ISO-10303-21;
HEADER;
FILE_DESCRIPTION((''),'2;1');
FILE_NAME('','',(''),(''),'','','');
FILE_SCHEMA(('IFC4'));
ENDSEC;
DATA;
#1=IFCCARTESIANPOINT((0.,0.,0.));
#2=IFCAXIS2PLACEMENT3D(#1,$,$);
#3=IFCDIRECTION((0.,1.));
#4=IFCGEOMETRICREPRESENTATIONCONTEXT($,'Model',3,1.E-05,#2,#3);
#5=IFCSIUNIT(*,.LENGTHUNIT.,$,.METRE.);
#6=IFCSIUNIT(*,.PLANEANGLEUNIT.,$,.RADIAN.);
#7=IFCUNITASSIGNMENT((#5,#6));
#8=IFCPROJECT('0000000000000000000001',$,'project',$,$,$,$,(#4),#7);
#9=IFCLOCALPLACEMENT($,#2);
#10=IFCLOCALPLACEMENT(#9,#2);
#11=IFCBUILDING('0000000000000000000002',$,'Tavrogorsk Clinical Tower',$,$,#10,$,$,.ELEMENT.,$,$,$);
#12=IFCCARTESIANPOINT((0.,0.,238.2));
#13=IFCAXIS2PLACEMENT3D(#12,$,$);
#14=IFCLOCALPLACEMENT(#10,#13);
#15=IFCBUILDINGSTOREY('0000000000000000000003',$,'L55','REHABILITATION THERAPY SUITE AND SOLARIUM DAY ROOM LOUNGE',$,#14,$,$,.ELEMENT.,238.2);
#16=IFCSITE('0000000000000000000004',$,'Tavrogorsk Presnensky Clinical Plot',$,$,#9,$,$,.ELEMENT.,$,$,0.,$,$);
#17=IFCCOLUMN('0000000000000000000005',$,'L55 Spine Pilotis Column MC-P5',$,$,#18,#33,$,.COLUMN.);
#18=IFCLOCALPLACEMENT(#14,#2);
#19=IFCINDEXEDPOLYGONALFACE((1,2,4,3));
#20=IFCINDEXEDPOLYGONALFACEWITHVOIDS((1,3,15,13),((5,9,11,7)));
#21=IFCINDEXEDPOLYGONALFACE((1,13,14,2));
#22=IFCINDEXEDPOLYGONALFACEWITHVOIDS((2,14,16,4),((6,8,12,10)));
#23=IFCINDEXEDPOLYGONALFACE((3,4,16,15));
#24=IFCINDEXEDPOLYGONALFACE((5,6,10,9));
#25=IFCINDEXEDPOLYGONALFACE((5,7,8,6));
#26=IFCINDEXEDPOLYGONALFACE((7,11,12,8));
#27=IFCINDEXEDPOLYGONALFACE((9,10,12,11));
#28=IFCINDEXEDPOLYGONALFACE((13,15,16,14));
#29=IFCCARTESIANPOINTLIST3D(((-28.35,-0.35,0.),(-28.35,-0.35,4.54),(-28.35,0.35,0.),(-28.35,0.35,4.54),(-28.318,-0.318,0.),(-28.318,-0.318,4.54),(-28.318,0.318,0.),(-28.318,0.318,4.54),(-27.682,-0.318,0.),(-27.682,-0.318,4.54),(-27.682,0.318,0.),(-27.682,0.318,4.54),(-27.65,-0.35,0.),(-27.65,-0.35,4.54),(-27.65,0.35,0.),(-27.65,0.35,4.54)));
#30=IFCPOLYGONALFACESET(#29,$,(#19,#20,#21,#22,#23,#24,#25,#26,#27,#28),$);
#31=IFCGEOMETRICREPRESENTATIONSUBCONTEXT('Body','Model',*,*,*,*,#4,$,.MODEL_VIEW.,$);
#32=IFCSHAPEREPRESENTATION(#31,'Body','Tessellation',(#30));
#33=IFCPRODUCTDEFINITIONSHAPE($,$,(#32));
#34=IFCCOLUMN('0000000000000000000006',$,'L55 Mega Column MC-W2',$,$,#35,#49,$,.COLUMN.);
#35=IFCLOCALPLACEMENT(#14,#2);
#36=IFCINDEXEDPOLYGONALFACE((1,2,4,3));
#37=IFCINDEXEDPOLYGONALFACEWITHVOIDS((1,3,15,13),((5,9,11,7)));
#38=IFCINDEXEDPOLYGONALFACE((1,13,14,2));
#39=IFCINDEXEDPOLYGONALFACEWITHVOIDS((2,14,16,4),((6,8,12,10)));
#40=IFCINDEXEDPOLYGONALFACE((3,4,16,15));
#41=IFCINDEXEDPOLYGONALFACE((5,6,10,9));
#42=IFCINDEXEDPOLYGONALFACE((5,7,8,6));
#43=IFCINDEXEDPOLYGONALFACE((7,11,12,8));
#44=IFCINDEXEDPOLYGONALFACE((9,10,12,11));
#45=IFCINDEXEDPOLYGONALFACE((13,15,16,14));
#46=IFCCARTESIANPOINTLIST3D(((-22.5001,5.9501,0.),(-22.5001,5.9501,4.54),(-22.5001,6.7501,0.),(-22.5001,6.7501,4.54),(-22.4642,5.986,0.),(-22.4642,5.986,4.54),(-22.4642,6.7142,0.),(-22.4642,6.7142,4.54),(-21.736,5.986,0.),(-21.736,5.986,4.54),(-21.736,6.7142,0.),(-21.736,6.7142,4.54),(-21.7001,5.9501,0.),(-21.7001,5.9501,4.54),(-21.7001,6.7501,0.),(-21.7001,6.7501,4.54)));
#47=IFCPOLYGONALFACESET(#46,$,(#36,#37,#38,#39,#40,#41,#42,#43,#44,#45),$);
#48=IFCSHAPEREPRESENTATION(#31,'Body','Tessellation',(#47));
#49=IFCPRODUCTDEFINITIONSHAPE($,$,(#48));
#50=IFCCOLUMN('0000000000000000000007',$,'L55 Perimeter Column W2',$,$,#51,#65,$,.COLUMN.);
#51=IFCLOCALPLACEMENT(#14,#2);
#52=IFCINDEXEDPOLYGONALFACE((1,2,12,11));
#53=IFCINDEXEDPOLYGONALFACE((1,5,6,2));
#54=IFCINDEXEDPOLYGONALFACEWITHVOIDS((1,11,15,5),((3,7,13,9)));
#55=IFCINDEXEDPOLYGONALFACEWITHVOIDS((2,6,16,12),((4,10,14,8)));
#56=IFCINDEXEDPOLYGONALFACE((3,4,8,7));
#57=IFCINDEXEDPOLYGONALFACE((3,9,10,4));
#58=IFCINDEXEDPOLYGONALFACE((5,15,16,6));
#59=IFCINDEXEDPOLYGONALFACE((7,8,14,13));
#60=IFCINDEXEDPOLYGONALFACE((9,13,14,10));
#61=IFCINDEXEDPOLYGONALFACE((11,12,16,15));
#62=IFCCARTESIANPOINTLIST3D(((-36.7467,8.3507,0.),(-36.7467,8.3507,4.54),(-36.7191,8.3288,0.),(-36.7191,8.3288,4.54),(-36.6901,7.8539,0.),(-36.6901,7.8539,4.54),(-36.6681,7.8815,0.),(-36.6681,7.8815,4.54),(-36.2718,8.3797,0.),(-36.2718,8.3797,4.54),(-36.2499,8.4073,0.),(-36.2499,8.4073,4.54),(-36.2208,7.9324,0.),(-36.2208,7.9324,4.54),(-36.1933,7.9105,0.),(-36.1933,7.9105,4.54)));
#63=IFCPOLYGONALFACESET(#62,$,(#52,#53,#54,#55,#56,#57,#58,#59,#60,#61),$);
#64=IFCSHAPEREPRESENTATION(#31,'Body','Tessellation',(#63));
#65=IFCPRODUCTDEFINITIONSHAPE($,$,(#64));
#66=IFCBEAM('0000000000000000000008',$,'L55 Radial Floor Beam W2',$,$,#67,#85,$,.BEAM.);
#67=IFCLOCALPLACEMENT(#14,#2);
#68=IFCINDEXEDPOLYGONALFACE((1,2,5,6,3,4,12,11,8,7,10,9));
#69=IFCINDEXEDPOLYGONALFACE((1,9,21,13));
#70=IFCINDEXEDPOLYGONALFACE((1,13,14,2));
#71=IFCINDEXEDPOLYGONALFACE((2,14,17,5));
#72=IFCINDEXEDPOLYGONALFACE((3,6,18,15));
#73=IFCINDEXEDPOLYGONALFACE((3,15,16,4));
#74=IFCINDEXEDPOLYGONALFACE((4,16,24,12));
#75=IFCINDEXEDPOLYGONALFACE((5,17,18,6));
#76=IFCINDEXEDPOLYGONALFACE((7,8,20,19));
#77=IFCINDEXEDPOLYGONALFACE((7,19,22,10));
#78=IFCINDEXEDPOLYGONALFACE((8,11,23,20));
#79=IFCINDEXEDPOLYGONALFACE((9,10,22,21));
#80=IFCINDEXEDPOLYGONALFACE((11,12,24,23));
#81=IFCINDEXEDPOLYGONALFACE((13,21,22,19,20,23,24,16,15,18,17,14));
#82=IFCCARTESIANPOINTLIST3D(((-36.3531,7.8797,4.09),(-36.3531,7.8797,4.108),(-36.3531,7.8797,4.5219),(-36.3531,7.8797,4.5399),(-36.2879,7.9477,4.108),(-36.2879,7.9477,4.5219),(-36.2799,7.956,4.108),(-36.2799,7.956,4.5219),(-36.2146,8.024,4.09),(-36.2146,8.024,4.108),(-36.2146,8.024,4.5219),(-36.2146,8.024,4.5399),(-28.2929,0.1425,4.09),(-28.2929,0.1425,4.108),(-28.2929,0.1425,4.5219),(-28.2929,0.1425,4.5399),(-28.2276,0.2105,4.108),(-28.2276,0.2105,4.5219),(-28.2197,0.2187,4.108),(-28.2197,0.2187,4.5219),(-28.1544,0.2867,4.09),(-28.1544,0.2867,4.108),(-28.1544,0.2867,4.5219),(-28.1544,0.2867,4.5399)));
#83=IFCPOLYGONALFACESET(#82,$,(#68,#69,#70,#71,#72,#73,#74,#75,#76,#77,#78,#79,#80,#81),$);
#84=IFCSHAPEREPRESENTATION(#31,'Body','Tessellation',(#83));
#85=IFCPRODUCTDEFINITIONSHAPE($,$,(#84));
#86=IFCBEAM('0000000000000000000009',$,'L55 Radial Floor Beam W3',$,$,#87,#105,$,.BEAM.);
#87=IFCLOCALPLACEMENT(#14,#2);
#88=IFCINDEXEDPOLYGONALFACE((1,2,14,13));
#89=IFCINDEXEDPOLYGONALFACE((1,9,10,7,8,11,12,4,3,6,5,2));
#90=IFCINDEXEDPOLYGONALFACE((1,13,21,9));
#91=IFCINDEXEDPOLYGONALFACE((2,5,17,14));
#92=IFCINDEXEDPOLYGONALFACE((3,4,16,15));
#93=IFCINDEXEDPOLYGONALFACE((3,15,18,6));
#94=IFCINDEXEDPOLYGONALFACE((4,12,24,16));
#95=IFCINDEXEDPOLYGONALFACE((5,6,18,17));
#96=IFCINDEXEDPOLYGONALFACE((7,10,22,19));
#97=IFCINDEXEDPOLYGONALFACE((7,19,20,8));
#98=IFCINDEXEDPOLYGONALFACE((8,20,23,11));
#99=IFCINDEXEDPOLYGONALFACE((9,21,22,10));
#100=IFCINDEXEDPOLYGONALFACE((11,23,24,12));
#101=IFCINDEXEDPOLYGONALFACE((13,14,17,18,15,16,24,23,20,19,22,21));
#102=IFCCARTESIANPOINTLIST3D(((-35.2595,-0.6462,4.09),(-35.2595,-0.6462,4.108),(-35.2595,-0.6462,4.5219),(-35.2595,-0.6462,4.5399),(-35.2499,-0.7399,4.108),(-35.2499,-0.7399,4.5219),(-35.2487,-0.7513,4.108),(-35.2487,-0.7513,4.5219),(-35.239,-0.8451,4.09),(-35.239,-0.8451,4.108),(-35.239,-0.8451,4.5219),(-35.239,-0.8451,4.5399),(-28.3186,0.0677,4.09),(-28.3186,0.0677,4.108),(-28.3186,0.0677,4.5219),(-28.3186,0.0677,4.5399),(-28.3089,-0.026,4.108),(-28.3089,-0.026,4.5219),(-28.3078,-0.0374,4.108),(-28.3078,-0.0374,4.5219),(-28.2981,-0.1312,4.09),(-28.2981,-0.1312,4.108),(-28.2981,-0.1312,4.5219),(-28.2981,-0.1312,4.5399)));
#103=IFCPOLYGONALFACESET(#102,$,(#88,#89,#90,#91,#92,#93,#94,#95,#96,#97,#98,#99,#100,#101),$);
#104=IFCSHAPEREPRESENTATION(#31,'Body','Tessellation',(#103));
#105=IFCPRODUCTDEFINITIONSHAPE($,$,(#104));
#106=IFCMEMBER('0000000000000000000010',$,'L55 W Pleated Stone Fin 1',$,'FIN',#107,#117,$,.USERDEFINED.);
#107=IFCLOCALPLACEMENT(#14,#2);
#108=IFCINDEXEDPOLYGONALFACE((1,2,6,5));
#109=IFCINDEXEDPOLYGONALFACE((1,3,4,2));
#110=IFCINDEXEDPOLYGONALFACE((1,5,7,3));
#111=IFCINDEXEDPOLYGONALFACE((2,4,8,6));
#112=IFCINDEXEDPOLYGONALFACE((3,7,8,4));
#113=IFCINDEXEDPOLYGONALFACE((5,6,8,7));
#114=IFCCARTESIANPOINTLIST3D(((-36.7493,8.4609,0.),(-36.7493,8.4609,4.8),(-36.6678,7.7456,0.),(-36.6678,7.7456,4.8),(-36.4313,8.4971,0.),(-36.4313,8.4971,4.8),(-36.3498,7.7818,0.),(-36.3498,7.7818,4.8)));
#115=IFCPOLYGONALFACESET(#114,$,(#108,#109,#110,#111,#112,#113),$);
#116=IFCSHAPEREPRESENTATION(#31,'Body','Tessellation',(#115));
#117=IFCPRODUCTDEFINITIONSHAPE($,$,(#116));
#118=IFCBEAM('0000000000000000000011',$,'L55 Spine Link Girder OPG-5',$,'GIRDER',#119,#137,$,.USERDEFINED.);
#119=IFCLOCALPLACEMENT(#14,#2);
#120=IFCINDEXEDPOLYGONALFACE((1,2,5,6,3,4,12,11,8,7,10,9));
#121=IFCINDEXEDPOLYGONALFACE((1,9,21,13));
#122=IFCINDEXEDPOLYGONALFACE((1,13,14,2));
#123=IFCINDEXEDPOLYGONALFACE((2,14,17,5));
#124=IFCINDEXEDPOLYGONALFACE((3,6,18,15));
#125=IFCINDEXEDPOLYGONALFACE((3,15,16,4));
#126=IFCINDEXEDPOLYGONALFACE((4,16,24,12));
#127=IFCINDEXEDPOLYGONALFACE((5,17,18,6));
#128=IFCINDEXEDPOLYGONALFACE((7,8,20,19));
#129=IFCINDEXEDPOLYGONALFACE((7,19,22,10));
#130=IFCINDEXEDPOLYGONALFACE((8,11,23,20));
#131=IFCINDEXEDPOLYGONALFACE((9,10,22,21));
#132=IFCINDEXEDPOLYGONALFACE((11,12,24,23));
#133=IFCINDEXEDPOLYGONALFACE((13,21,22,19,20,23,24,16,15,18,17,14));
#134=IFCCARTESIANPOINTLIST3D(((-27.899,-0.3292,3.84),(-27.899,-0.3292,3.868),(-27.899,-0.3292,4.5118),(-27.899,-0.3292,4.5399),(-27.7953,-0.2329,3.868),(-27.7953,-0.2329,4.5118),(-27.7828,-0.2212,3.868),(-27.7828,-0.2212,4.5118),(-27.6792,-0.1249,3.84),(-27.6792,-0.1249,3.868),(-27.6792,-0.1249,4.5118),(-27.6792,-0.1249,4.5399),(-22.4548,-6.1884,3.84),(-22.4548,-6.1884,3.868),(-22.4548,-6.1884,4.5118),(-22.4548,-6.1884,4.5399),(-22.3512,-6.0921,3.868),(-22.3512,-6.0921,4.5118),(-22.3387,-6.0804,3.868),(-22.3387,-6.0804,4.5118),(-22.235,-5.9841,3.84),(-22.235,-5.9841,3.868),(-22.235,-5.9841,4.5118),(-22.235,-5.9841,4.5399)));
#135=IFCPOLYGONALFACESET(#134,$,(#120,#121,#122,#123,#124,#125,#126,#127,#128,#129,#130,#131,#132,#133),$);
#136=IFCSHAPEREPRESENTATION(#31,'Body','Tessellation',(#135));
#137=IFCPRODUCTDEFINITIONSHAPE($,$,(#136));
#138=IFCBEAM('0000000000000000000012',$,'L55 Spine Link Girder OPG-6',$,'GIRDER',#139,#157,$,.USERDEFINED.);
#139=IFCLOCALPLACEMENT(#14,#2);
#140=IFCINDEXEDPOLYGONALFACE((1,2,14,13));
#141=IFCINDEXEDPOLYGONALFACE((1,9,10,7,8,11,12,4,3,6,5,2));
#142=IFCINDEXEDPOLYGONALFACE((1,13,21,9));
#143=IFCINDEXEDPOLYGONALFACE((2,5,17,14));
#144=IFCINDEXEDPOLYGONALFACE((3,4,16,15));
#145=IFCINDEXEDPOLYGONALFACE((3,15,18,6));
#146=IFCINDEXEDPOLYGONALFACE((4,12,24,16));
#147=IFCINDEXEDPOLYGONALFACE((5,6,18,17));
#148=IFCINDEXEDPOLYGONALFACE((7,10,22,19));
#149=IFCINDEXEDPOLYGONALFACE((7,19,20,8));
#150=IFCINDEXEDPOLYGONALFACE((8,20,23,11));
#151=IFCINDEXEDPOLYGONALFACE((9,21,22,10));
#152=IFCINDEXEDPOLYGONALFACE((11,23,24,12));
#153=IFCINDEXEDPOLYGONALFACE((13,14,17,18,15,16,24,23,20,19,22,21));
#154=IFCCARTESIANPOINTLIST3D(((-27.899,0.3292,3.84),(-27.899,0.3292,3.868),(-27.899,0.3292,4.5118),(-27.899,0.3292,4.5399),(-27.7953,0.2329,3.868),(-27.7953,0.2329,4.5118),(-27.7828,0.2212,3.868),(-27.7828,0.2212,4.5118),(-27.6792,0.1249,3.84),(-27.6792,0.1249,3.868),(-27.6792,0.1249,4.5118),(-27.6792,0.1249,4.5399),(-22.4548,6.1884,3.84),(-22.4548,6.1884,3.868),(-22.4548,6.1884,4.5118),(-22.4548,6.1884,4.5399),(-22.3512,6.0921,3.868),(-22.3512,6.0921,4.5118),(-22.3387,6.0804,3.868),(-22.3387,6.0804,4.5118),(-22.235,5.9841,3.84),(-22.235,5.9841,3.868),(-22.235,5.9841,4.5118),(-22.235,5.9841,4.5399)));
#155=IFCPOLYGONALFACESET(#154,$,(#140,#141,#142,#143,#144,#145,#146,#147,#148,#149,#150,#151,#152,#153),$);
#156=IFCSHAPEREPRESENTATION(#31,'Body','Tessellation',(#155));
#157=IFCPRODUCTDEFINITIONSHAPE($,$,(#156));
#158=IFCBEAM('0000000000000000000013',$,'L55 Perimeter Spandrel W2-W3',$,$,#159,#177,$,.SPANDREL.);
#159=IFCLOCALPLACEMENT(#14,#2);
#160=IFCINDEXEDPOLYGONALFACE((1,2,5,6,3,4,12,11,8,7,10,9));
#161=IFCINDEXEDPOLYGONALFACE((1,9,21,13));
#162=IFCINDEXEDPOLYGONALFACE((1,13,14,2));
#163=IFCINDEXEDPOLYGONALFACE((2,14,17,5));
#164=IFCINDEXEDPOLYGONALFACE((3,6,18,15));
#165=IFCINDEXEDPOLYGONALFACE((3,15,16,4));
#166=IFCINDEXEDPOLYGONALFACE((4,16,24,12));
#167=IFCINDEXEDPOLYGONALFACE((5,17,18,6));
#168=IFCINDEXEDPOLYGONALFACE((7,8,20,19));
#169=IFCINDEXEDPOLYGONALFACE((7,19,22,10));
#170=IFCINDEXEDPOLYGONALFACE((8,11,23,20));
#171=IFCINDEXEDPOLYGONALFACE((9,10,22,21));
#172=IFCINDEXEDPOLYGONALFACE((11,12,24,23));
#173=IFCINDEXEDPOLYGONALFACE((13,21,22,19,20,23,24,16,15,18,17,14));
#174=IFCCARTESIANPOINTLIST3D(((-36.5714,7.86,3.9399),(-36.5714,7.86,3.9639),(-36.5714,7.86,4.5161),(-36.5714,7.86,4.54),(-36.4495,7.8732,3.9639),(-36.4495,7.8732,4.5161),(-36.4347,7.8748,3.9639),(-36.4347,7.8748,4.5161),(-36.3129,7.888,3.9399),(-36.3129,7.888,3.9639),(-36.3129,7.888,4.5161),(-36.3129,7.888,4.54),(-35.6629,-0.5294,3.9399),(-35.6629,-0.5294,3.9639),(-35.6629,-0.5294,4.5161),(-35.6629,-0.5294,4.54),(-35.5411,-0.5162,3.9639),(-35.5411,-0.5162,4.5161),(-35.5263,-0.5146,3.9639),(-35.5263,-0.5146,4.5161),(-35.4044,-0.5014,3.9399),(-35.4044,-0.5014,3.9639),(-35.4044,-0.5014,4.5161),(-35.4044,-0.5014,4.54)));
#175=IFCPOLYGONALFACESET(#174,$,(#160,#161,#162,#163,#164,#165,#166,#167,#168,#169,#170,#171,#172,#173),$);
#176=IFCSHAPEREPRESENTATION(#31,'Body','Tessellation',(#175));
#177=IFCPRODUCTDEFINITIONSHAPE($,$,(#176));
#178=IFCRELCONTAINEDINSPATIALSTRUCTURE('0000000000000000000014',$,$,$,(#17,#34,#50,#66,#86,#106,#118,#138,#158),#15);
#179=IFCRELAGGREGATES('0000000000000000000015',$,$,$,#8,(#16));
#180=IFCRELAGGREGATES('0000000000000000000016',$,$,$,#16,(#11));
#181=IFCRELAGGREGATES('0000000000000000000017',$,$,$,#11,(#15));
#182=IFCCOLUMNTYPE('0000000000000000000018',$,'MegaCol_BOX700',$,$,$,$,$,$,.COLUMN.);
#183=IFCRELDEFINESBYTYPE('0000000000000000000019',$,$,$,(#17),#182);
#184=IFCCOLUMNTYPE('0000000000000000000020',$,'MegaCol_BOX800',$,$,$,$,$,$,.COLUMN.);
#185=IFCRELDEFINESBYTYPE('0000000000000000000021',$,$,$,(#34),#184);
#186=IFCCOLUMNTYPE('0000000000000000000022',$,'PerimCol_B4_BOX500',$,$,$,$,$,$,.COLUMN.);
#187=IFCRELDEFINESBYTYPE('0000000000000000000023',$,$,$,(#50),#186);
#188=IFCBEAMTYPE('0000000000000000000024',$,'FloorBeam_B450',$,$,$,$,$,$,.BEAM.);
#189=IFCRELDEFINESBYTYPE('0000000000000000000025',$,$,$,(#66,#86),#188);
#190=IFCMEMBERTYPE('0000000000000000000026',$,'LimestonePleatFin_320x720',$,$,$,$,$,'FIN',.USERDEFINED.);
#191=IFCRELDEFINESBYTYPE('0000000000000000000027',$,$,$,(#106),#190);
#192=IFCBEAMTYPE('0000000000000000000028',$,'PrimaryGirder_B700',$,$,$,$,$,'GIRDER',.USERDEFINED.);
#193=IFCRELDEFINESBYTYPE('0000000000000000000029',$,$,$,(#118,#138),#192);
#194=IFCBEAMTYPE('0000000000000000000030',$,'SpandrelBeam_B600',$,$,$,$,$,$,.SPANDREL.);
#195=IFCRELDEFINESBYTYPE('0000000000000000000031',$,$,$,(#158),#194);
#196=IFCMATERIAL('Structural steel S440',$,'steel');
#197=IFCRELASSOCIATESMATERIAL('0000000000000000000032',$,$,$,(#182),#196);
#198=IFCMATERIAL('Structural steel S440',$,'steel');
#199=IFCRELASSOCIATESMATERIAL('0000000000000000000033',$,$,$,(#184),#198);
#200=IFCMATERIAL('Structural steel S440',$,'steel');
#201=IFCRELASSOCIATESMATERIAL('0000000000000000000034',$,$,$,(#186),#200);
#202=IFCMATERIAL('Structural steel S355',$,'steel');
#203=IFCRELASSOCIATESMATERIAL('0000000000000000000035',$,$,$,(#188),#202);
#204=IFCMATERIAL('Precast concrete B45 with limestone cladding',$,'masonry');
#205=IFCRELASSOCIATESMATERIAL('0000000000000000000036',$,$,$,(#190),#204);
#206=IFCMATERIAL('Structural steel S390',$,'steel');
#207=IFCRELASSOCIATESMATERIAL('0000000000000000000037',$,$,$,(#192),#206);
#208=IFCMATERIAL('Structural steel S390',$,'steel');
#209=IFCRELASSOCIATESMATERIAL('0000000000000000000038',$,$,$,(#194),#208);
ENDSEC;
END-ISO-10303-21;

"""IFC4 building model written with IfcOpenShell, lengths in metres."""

from ifc_helpers import new_model, si_unit, direction, frame, origin, origin_2d, place, context, subcontext, project, spatial, rectangle, hollow_rectangle, i_section, extrude, material, material_profile, profile_set, type_object, element, save


model = new_model("IFC4")

# Units and contexts
model_context = context("Model", 3, precision=1e-05, world=origin(), true_north=direction((0.0, 1.0)))
body_context = subcontext(model_context, "Body", "Model", "MODEL_VIEW")
ifc_project = project(units=[si_unit("LENGTHUNIT", "METRE"), si_unit("PLANEANGLEUNIT", "RADIAN")], contexts=[model_context])

# Site, building, storey
site_placement = place(None, origin())
site = spatial("IfcSite", under=ifc_project, at=site_placement, Name="Tavrogorsk Presnensky Clinical Plot", CompositionType="ELEMENT", RefElevation=0.0)
building_placement = place(site_placement, origin())
building = spatial("IfcBuilding", under=site, at=building_placement, Name="Tavrogorsk Clinical Tower", CompositionType="ELEMENT")
storey_placement = place(building_placement, frame((0.0, 0.0, 238.2)))
storey = spatial("IfcBuildingStorey", under=building, at=storey_placement, Name="L55", Description="REHABILITATION THERAPY SUITE AND SOLARIUM DAY ROOM LOUNGE", CompositionType="ELEMENT", Elevation=238.2)

# Columns
ifc_material_1 = material(Name="Structural steel S440", Category="steel")
ifc_material_profile_1 = material_profile(ifc_material_1, hollow_rectangle(XDim=0.7, YDim=0.7, WallThickness=0.032, at=origin_2d()), Name="BOX-700x700x32")
ifc_profile_set_1 = profile_set([ifc_material_profile_1], Name="Structural steel S440")
column_type_1 = type_object("IfcColumnType", Name="MegaCol_BOX700", PredefinedType="COLUMN", material=ifc_profile_set_1)
column_1_placement = place(storey_placement, frame((-28.0, 0.0, 0.0), z_axis=(0.0, 0.0, 1.0), x_axis=(1.0, 0.0, 0.0)))
element("IfcColumn", 1, at=column_1_placement, inside=storey, type_object=column_type_1, Name="L55 Spine Pilotis Column MC-P5", PredefinedType="COLUMN", context=body_context, shape_type="SweptSolid", body=[
    extrude(hollow_rectangle(XDim=0.7, YDim=0.7, WallThickness=0.032, at=origin_2d()), origin(), (0.0, 0.0, 1.0), 4.54),
])
ifc_material_2 = material(Name="Structural steel S440", Category="steel")
ifc_material_profile_2 = material_profile(ifc_material_2, hollow_rectangle(XDim=0.8, YDim=0.8, WallThickness=0.0359, at=origin_2d()), Name="BOX-800x800x36")
ifc_profile_set_2 = profile_set([ifc_material_profile_2], Name="Structural steel S440")
column_type_2 = type_object("IfcColumnType", Name="MegaCol_BOX800", PredefinedType="COLUMN", material=ifc_profile_set_2)
column_2_placement = place(storey_placement, frame((-22.1001, 6.3501, 0.0), z_axis=(0.0, 0.0, 1.0), x_axis=(1.0, 0.0, 0.0)))
element("IfcColumn", 2, at=column_2_placement, inside=storey, type_object=column_type_2, Name="L55 Mega Column MC-W2", PredefinedType="COLUMN", context=body_context, shape_type="SweptSolid", body=[
    extrude(hollow_rectangle(XDim=0.8, YDim=0.8, WallThickness=0.0359, at=origin_2d()), origin(), (0.0, 0.0, 1.0), 4.54),
])
ifc_material_3 = material(Name="Structural steel S440", Category="steel")
ifc_material_profile_3 = material_profile(ifc_material_3, hollow_rectangle(XDim=0.5, YDim=0.5, WallThickness=0.0249, at=origin_2d()), Name="BOX-500x500x25")
ifc_profile_set_3 = profile_set([ifc_material_profile_3], Name="Structural steel S440")
column_type_3 = type_object("IfcColumnType", Name="PerimCol_B4_BOX500", PredefinedType="COLUMN", material=ifc_profile_set_3)
column_3_placement = place(storey_placement, frame((-36.47, 8.1306, 0.0), z_axis=(0.0, 0.0, 1.0), x_axis=(0.993572, 0.113203, 0.0)))
element("IfcColumn", 3, at=column_3_placement, inside=storey, type_object=column_type_3, Name="L55 Perimeter Column W2", PredefinedType="COLUMN", context=body_context, shape_type="SweptSolid", body=[
    extrude(hollow_rectangle(XDim=0.5, YDim=0.5, WallThickness=0.0249, at=origin_2d()), origin(), (0.0, 0.0, 1.0), 4.54),
])

# Beams
ifc_material_4 = material(Name="Structural steel S355", Category="steel")
ifc_material_profile_4 = material_profile(ifc_material_4, i_section(OverallWidth=0.2, OverallDepth=0.45, WebThickness=0.0115, FlangeThickness=0.0181, at=origin_2d()), Name="B-450x200x11.5x18")
ifc_profile_set_4 = profile_set([ifc_material_profile_4], Name="Structural steel S355")
beam_type_1 = type_object("IfcBeamType", Name="FloorBeam_B450", PredefinedType="BEAM", material=ifc_profile_set_4)
beam_1_placement = place(storey_placement, frame((-28.2236, 0.2146, 4.3149), z_axis=(-0.721414, 0.692505, 0.0), x_axis=(-0.692505, -0.721414, 0.0)))
element("IfcBeam", 4, at=beam_1_placement, inside=storey, type_object=beam_type_1, Name="L55 Radial Floor Beam W2", PredefinedType="BEAM", context=body_context, shape_type="SweptSolid", body=[
    extrude(i_section(OverallWidth=0.2, OverallDepth=0.45, WebThickness=0.0115, FlangeThickness=0.0181, at=origin_2d()), origin(), (0.0, 0.0, 1.0), 11.1729),
])
beam_2_placement = place(storey_placement, frame((-28.3083, -0.0317, 4.3149), z_axis=(-0.994753, -0.102309, 0.0), x_axis=(0.102309, -0.994753, 0.0)))
element("IfcBeam", 5, at=beam_2_placement, inside=storey, type_object=beam_type_1, Name="L55 Radial Floor Beam W3", PredefinedType="BEAM", context=body_context, shape_type="SweptSolid", body=[
    extrude(i_section(OverallWidth=0.2, OverallDepth=0.45, WebThickness=0.0115, FlangeThickness=0.0181, at=origin_2d()), origin(), (0.0, 0.0, 1.0), 6.9775),
])

# Member
ifc_material_5 = material(Name="Precast concrete B45 with limestone cladding", Category="masonry")
ifc_material_profile_5 = material_profile(ifc_material_5, rectangle(XDim=0.3201, YDim=0.72, at=origin_2d()), Name="LIMESTONE-FIN-320x720")
ifc_profile_set_5 = profile_set([ifc_material_profile_5], Name="Precast concrete B45 with limestone cladding")
member_type = type_object("IfcMemberType", Name="LimestonePleatFin_320x720", ElementType="FIN", PredefinedType="USERDEFINED", material=ifc_profile_set_5)
member_placement = place(storey_placement, frame((-36.5496, 8.1213, 0.0), z_axis=(0.0, 0.0, 1.0), x_axis=(0.993572, 0.113203, 0.0)))
element("IfcMember", 6, at=member_placement, inside=storey, type_object=member_type, Name="L55 W Pleated Stone Fin 1", ObjectType="FIN", PredefinedType="USERDEFINED", context=body_context, shape_type="SweptSolid", body=[
    extrude(rectangle(XDim=0.3201, YDim=0.72, at=origin_2d()), origin(), (0.0, 0.0, 1.0), 4.8),
])

# Beams
ifc_material_6 = material(Name="Structural steel S390", Category="steel")
ifc_material_profile_6 = material_profile(ifc_material_6, i_section(OverallWidth=0.3, OverallDepth=0.7, WebThickness=0.0171, FlangeThickness=0.0281, at=origin_2d()), Name="B-700x300x17x28")
ifc_profile_set_6 = profile_set([ifc_material_profile_6], Name="Structural steel S390")
beam_type_2 = type_object("IfcBeamType", Name="PrimaryGirder_B700", ElementType="GIRDER", PredefinedType="USERDEFINED", material=ifc_profile_set_6)
for number, where, z_axis, x_axis, name in (
    (7, (-27.7891, -0.2271, 4.1899), (0.680684, -0.732577, 0.0), (0.732577, 0.680684, 0.0), "L55 Spine Link Girder OPG-5"),
    (8, (-27.7891, 0.2271, 4.1899), (0.680684, 0.732577, 0.0), (-0.732577, 0.680684, 0.0), "L55 Spine Link Girder OPG-6"),
):
    element("IfcBeam", number, at=place(storey_placement, frame(where, z_axis=z_axis, x_axis=x_axis)), inside=storey, type_object=beam_type_2, Name=name, ObjectType="GIRDER", PredefinedType="USERDEFINED", context=body_context, shape_type="SweptSolid", body=[
        extrude(i_section(OverallWidth=0.3, OverallDepth=0.7, WebThickness=0.0171, FlangeThickness=0.0281, at=origin_2d()), origin(), (0.0, 0.0, 1.0), 7.998),
    ])
ifc_material_7 = material(Name="Structural steel S390", Category="steel")
ifc_material_profile_7 = material_profile(ifc_material_7, i_section(OverallWidth=0.26, OverallDepth=0.6001, WebThickness=0.0149, FlangeThickness=0.0239, at=origin_2d()), Name="B-600x260x15x24")
ifc_profile_set_7 = profile_set([ifc_material_profile_7], Name="Structural steel S390")
beam_type_3 = type_object("IfcBeamType", Name="SpandrelBeam_B600", PredefinedType="SPANDREL", material=ifc_profile_set_7)
beam_3_placement = place(storey_placement, frame((-36.4421, 7.874, 4.24), z_axis=(0.107656, -0.994188, 0.0), x_axis=(0.994188, 0.107656, 0.0)))
element("IfcBeam", 9, at=beam_3_placement, inside=storey, type_object=beam_type_3, Name="L55 Perimeter Spandrel W2-W3", PredefinedType="SPANDREL", context=body_context, shape_type="SweptSolid", body=[
    extrude(i_section(OverallWidth=0.26, OverallDepth=0.6001, WebThickness=0.0149, FlangeThickness=0.0239, at=origin_2d()), origin(), (0.0, 0.0, 1.0), 8.4385),
])

save(model, "model.ifc")
